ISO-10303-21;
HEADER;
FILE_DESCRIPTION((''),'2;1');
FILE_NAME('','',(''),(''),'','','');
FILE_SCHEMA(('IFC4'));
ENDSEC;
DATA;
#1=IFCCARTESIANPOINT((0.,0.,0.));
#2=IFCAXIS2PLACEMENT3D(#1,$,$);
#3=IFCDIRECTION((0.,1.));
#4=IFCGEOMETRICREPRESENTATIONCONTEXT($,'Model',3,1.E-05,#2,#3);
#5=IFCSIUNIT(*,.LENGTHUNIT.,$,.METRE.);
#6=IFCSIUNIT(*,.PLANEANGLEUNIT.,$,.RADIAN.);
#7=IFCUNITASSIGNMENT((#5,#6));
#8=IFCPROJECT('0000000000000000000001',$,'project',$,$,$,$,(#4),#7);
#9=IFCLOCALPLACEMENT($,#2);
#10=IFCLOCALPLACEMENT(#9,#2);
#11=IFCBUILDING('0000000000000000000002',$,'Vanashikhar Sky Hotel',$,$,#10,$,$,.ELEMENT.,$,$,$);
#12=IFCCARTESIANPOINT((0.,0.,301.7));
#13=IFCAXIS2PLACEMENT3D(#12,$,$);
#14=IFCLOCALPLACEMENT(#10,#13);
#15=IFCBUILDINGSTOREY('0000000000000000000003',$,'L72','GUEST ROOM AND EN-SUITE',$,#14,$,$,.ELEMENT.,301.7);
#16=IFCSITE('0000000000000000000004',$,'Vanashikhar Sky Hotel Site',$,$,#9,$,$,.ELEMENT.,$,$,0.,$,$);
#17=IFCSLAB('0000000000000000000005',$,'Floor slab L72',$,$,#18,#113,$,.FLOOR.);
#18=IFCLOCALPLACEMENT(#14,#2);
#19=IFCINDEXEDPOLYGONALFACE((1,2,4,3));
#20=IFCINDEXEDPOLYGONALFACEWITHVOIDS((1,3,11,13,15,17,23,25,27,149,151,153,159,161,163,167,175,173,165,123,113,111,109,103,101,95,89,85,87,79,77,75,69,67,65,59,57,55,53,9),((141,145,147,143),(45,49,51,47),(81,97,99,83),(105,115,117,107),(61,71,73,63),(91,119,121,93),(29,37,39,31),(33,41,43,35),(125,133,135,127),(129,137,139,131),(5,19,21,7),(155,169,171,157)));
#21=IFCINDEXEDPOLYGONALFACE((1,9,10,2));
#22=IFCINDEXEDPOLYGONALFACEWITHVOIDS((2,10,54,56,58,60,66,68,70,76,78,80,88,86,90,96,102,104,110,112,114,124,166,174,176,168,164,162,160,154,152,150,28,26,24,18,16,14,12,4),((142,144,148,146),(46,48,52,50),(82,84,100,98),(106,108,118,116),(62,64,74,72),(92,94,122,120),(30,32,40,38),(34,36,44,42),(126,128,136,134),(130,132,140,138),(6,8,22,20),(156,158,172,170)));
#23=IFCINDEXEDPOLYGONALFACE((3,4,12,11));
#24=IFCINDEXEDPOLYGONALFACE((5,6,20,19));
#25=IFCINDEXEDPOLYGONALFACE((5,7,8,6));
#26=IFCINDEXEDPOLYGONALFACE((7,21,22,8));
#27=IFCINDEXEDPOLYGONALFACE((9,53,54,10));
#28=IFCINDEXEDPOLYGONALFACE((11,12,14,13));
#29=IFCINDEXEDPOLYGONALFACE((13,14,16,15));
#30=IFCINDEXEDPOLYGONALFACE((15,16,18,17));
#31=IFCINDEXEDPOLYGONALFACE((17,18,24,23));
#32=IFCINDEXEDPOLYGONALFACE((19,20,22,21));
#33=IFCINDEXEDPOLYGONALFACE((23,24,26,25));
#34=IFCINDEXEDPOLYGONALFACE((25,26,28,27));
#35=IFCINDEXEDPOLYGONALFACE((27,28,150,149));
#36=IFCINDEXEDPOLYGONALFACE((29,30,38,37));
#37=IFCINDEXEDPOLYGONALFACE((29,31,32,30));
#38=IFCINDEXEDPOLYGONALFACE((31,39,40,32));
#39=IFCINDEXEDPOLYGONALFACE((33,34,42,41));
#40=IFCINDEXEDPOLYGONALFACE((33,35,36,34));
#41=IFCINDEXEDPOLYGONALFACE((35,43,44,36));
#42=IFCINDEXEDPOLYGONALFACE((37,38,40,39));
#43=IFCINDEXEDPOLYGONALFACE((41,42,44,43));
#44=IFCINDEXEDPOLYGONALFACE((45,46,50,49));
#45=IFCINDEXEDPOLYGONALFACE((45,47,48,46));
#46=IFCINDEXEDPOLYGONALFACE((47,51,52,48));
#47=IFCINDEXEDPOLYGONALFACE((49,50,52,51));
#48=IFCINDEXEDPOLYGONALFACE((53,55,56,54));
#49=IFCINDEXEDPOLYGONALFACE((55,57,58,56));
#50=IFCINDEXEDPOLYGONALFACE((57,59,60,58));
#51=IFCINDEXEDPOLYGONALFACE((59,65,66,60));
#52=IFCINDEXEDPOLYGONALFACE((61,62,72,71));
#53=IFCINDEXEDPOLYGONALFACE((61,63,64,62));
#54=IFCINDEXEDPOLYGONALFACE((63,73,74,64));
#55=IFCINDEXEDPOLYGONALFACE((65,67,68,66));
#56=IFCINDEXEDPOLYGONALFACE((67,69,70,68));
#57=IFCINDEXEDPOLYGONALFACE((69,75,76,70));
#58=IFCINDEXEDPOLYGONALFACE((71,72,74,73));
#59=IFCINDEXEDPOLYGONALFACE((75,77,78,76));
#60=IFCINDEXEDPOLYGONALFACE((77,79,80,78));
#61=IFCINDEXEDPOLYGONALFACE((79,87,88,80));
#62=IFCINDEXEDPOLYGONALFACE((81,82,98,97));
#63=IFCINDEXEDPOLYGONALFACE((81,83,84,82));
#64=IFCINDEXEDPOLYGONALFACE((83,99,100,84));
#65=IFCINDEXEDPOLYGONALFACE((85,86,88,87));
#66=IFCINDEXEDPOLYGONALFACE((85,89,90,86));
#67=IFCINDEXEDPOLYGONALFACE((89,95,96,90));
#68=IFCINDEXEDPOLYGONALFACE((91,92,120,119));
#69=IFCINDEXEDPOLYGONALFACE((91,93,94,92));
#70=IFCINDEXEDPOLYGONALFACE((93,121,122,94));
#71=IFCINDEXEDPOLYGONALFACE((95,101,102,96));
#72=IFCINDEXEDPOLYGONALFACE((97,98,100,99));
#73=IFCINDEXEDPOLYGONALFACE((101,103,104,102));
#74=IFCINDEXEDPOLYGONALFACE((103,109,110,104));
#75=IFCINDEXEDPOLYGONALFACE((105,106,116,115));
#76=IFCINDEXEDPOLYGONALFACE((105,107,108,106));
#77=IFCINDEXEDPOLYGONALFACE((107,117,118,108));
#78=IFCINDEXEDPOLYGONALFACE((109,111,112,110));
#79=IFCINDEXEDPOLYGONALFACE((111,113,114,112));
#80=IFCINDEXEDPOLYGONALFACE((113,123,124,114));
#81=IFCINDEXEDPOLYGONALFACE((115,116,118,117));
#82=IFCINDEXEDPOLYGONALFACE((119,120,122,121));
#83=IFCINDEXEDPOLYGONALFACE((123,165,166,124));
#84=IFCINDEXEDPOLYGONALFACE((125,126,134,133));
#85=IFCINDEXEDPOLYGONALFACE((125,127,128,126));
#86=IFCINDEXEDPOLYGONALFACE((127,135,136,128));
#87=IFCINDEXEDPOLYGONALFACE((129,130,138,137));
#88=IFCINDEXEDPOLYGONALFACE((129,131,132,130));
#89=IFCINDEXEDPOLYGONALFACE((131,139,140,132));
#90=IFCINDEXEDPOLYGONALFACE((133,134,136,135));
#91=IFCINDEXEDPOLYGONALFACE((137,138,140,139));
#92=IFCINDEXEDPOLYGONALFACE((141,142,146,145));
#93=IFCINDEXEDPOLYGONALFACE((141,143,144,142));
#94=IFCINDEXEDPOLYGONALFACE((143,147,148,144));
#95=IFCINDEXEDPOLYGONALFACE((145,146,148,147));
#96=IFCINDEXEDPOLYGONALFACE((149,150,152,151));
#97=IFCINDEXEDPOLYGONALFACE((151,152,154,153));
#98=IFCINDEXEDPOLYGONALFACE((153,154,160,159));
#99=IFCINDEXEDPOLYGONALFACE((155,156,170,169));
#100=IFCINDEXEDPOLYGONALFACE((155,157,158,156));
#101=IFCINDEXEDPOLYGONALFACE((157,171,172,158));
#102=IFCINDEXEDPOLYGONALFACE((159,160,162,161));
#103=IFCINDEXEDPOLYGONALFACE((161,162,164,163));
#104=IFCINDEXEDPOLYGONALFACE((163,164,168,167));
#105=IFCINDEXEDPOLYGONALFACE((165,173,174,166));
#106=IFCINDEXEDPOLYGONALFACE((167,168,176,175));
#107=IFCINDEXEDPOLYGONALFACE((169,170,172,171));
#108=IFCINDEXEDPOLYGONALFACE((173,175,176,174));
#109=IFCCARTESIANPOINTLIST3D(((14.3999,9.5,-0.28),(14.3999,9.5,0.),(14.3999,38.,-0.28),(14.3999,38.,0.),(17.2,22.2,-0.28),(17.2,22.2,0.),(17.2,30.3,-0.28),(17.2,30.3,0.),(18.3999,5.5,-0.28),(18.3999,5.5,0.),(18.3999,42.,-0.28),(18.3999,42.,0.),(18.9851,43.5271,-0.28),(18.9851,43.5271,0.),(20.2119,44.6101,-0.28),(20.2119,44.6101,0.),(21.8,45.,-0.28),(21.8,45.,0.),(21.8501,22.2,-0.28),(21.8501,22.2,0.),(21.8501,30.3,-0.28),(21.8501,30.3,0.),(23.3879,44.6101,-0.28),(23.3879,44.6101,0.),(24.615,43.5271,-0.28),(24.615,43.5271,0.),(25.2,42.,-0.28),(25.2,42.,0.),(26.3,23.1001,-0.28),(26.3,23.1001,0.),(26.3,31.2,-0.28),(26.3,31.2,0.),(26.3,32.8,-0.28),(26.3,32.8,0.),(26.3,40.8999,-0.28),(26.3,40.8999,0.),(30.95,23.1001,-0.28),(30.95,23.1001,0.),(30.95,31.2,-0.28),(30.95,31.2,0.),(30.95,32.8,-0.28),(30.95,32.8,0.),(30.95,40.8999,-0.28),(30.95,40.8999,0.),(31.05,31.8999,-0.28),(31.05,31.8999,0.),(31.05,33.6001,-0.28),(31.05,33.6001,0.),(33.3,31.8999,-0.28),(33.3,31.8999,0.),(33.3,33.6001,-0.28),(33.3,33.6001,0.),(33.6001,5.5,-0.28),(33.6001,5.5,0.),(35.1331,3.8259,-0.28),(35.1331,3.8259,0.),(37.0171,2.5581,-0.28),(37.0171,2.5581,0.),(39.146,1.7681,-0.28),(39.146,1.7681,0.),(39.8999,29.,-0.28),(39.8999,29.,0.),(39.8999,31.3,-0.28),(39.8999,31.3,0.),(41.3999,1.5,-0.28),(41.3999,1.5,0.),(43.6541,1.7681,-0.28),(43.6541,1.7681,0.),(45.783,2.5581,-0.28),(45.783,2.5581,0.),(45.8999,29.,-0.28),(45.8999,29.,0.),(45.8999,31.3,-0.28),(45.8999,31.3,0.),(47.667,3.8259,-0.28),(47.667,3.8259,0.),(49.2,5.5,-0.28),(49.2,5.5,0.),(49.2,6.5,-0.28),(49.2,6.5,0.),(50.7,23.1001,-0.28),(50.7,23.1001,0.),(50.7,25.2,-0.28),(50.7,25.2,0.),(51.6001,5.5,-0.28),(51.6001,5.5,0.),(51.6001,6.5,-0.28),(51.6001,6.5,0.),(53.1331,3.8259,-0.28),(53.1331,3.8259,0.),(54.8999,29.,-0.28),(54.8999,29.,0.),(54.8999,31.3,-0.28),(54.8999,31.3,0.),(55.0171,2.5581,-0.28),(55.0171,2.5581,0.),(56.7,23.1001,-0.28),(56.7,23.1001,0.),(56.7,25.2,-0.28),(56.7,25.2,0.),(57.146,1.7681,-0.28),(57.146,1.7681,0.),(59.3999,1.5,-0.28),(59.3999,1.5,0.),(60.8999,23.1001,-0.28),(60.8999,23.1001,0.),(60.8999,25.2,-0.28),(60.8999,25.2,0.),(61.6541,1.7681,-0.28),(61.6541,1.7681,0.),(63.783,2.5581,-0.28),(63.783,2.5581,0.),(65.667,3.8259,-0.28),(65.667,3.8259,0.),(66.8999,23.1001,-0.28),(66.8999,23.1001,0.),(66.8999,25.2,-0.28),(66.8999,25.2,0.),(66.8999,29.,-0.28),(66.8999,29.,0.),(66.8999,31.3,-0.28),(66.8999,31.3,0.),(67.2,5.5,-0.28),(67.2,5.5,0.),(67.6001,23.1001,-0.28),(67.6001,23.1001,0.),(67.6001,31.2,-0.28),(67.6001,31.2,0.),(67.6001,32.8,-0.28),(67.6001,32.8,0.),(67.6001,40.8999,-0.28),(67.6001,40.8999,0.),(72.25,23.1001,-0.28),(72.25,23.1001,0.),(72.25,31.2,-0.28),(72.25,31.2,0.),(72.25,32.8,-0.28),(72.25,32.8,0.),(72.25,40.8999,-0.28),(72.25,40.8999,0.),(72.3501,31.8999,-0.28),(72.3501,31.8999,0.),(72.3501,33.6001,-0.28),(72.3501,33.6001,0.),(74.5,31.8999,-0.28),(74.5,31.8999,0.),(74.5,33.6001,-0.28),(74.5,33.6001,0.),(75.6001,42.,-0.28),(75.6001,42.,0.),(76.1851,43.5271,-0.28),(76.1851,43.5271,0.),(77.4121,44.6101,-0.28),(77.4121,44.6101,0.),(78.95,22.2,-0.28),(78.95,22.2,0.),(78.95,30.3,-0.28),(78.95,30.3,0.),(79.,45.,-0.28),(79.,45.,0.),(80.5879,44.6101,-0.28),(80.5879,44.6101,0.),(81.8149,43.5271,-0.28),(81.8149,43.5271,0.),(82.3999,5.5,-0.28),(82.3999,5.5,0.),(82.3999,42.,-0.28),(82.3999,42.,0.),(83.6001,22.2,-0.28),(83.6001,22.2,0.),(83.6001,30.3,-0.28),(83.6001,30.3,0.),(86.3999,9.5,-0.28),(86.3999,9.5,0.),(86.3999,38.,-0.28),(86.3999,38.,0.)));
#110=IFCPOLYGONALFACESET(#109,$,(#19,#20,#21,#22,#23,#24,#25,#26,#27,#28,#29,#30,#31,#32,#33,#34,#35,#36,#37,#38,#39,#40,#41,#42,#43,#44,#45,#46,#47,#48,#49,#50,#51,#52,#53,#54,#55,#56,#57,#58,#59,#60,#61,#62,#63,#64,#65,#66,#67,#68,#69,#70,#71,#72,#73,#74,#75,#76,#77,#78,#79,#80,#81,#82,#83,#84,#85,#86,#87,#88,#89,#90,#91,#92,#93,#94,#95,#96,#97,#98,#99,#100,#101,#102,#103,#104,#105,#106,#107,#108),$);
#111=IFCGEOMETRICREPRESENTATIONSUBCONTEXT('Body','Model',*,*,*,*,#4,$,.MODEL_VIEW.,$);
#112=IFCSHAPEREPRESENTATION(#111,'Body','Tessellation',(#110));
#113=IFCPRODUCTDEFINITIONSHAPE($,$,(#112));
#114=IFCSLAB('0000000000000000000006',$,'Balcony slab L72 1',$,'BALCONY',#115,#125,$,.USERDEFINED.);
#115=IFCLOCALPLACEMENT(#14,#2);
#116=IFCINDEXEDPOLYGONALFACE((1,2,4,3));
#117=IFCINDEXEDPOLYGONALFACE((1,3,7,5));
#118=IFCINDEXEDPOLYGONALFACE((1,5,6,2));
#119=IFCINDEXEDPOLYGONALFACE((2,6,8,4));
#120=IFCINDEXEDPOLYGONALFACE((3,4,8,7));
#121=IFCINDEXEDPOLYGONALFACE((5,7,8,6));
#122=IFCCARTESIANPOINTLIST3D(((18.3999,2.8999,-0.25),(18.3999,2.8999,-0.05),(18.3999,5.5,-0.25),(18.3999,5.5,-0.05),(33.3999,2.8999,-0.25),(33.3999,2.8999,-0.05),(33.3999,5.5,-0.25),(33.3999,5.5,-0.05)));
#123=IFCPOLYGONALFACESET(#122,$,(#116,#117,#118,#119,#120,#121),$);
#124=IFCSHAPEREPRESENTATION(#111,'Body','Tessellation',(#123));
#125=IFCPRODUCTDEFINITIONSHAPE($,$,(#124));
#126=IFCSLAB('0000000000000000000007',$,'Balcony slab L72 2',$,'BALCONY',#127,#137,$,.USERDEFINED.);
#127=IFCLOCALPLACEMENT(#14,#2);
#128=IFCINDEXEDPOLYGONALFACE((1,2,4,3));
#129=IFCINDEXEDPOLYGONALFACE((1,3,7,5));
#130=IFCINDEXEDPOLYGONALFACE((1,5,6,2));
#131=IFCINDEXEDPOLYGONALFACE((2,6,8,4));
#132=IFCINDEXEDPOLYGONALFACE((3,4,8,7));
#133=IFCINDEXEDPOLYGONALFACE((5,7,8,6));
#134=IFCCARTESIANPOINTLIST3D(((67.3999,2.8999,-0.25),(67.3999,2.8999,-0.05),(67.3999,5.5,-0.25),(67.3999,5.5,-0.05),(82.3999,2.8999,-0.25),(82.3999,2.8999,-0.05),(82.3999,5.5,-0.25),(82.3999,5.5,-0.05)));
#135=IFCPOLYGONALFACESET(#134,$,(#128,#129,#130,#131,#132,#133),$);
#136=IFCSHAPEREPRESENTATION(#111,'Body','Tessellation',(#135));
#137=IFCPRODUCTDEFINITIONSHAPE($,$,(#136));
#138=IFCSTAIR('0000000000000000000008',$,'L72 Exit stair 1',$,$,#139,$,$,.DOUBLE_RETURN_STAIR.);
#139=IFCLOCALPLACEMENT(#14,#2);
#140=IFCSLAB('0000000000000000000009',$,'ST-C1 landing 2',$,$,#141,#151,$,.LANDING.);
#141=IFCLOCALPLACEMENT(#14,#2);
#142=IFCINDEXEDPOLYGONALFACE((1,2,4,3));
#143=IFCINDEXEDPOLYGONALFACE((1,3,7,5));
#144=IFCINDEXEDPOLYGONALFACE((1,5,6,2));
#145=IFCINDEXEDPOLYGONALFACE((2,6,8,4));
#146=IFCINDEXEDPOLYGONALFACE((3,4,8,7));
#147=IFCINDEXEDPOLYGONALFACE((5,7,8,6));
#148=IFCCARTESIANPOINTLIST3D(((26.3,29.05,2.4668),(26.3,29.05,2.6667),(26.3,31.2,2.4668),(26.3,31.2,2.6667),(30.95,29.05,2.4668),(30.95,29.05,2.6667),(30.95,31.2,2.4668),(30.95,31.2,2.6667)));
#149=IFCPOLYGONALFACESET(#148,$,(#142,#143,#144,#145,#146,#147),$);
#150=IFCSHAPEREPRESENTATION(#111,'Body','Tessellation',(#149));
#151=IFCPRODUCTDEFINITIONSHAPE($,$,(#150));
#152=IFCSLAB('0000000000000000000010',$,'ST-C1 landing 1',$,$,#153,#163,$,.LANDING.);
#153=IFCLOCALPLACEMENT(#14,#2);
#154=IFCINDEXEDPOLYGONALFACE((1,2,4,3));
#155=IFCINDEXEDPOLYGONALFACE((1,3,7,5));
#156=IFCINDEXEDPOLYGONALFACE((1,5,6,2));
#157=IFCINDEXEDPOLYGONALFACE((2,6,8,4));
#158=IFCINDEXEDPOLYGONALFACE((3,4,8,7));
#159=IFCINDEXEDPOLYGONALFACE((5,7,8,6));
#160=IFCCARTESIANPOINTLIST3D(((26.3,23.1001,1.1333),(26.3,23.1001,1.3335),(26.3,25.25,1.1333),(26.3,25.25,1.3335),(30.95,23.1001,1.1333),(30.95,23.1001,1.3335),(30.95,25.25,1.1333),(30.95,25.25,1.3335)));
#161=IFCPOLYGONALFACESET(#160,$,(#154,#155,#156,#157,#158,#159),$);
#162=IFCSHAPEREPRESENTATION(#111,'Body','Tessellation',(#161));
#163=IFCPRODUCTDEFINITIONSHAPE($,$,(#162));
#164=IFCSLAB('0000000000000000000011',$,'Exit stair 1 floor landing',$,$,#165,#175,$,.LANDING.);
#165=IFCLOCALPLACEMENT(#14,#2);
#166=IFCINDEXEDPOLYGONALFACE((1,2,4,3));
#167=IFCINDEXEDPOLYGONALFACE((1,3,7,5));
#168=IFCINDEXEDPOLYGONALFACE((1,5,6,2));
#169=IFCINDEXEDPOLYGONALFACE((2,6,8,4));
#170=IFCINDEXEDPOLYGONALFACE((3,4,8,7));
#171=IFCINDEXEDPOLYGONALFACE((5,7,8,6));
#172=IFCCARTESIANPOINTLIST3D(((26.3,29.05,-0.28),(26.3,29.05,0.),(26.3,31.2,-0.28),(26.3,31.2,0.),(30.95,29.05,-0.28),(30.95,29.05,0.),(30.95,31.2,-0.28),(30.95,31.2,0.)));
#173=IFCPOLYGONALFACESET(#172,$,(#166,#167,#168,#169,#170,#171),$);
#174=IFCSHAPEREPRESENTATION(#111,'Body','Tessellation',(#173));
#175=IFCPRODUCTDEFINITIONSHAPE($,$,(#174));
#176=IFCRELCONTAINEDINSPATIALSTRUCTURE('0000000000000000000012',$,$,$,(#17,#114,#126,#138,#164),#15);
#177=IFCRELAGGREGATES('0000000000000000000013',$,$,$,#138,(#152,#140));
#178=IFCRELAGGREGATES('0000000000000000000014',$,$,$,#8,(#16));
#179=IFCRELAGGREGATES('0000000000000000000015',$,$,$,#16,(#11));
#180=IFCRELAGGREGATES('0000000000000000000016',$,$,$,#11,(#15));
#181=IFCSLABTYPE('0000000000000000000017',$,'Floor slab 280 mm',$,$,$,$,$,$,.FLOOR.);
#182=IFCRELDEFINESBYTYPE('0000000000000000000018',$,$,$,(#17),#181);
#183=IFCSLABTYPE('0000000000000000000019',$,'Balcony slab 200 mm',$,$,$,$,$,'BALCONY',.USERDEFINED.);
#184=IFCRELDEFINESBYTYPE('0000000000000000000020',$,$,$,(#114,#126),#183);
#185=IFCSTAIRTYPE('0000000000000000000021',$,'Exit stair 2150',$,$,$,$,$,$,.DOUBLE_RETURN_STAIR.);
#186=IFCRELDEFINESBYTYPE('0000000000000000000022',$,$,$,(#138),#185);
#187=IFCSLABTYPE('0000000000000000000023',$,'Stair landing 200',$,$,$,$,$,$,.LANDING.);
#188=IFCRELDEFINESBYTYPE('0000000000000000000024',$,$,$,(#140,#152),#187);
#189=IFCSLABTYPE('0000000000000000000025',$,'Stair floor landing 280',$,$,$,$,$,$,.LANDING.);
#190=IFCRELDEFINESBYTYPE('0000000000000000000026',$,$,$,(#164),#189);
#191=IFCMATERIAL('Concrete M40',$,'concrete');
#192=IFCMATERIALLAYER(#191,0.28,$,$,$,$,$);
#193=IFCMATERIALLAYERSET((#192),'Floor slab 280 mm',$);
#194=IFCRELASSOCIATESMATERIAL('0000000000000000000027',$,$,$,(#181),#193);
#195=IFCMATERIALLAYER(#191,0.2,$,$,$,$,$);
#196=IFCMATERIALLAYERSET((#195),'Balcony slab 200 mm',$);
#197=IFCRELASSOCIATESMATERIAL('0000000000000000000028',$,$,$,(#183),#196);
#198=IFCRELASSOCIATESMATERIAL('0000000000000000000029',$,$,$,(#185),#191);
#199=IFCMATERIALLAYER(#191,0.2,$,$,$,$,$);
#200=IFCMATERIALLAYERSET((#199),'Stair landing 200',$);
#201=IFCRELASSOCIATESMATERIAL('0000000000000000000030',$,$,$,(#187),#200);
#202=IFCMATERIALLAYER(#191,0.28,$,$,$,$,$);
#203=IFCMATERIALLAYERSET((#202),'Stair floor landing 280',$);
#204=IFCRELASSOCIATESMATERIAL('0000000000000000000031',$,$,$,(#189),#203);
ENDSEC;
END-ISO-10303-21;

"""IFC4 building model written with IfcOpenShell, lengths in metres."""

from ifc_helpers import new_model, si_unit, direction, frame, origin, place, context, subcontext, project, spatial, polyline, outline, extrude, source, transform, mapped, material, layer, layer_set, type_object, element, aggregate, save


model = new_model("IFC4")

# Units and contexts
model_context = context("Model", 3, precision=1e-05, world=origin(), true_north=direction((0.0, 1.0)))
body_context = subcontext(model_context, "Body", "Model", "MODEL_VIEW")
ifc_project = project(units=[si_unit("LENGTHUNIT", "METRE"), si_unit("PLANEANGLEUNIT", "RADIAN")], contexts=[model_context])

# Site, building, storey
site_placement = place(None, origin())
site = spatial("IfcSite", under=ifc_project, at=site_placement, Name="Vanashikhar Sky Hotel Site", CompositionType="ELEMENT", RefElevation=0.0)
building_placement = place(site_placement, origin())
building = spatial("IfcBuilding", under=site, at=building_placement, Name="Vanashikhar Sky Hotel", CompositionType="ELEMENT")
storey_placement = place(building_placement, frame((0.0, 0.0, 301.7)))
storey = spatial("IfcBuildingStorey", under=building, at=storey_placement, Name="L72", Description="GUEST ROOM AND EN-SUITE", CompositionType="ELEMENT", Elevation=301.7)

# Slabs
ifc_material = material(Name="Concrete M40", Category="concrete")
ifc_layer_1 = layer(ifc_material, 0.28)
ifc_layer_set_1 = layer_set([ifc_layer_1], Name="Floor slab 280 mm")
slab_type_1 = type_object("IfcSlabType", Name="Floor slab 280 mm", PredefinedType="FLOOR", material=ifc_layer_set_1)
shared_shape_1 = source(origin(), body_context, "Body", "SweptSolid", [
    extrude(outline(polyline([(49.2, 5.5), (49.2, 6.5), (51.6001, 6.5), (51.6001, 5.5), (53.1331, 3.8259), (55.0171, 2.5581), (57.146, 1.7681), (59.3999, 1.5), (61.6541, 1.7681), (63.783, 2.5581), (65.667, 3.8259), (67.2, 5.5), (82.3999, 5.5), (86.3999, 9.5), (86.3999, 38.0), (82.3999, 42.0), (81.8149, 43.5271), (80.5879, 44.6101), (79.0, 45.0), (77.4121, 44.6101), (76.1851, 43.5271), (75.6001, 42.0), (25.2, 42.0), (24.615, 43.5271), (23.3879, 44.6101), (21.8, 45.0), (20.2119, 44.6101), (18.9851, 43.5271), (18.3999, 42.0), (14.3999, 38.0), (14.3999, 9.5), (18.3999, 5.5), (33.6001, 5.5), (35.1331, 3.8259), (37.0171, 2.5581), (39.146, 1.7681), (41.3999, 1.5), (43.6541, 1.7681), (45.783, 2.5581), (47.667, 3.8259), (49.2, 5.5)]), holes=[polyline([(33.3, 33.6001), (31.05, 33.6001), (31.05, 31.8999), (33.3, 31.8999), (33.3, 33.6001)]), polyline([(39.8999, 31.3), (39.8999, 29.0), (45.8999, 29.0), (45.8999, 31.3), (39.8999, 31.3)]), polyline([(50.7, 25.2), (50.7, 23.1001), (56.7, 23.1001), (56.7, 25.2), (50.7, 25.2)]), polyline([(66.8999, 29.0), (66.8999, 31.3), (54.8999, 31.3), (54.8999, 29.0), (66.8999, 29.0)]), polyline([(60.8999, 25.2), (60.8999, 23.1001), (66.8999, 23.1001), (66.8999, 25.2), (60.8999, 25.2)]), polyline([(74.5, 33.6001), (72.3501, 33.6001), (72.3501, 31.8999), (74.5, 31.8999), (74.5, 33.6001)]), polyline([(30.95, 23.1001), (30.95, 31.2), (26.3, 31.2), (26.3, 23.1001), (30.95, 23.1001)]), polyline([(72.25, 23.1001), (72.25, 31.2), (67.6001, 31.2), (67.6001, 23.1001), (72.25, 23.1001)]), polyline([(30.95, 32.8), (30.95, 40.8999), (26.3, 40.8999), (26.3, 32.8), (30.95, 32.8)]), polyline([(72.25, 32.8), (72.25, 40.8999), (67.6001, 40.8999), (67.6001, 32.8), (72.25, 32.8)]), polyline([(83.6001, 22.2), (83.6001, 30.3), (78.95, 30.3), (78.95, 22.2), (83.6001, 22.2)]), polyline([(21.8501, 22.2), (21.8501, 30.3), (17.2, 30.3), (17.2, 22.2), (21.8501, 22.2)])]), origin(), (0.0, 0.0, 1.0), 0.28),
])
slab_1_placement = place(storey_placement, frame((0.0, 0.0, -0.28)))
element("IfcSlab", 1, at=slab_1_placement, inside=storey, type_object=slab_type_1, Name="Floor slab L72", PredefinedType="FLOOR", context=body_context, shape_type="MappedRepresentation", body=[
    mapped(shared_shape_1, transform((0.0, 0.0, 0.0), scale=1.0)),
])
ifc_layer_2 = layer(ifc_material, 0.2)
ifc_layer_set_2 = layer_set([ifc_layer_2], Name="Balcony slab 200 mm")
slab_type_2 = type_object("IfcSlabType", Name="Balcony slab 200 mm", ElementType="BALCONY", PredefinedType="USERDEFINED", material=ifc_layer_set_2)
shared_shape_2 = source(origin(), body_context, "Body", "SweptSolid", [
    extrude(outline(polyline([(18.3999, 2.8999), (33.3999, 2.8999), (33.3999, 5.5), (18.3999, 5.5), (18.3999, 2.8999)])), origin(), (0.0, 0.0, 1.0), 0.2),
])
slab_2_placement = place(storey_placement, frame((0.0, 0.0, -0.25)))
element("IfcSlab", 2, at=slab_2_placement, inside=storey, type_object=slab_type_2, Name="Balcony slab L72 1", ObjectType="BALCONY", PredefinedType="USERDEFINED", context=body_context, shape_type="MappedRepresentation", body=[
    mapped(shared_shape_2, transform((0.0, 0.0, 0.0), scale=1.0)),
])
shared_shape_3 = source(origin(), body_context, "Body", "SweptSolid", [
    extrude(outline(polyline([(67.3999, 2.8999), (82.3999, 2.8999), (82.3999, 5.5), (67.3999, 5.5), (67.3999, 2.8999)])), origin(), (0.0, 0.0, 1.0), 0.2),
])
slab_3_placement = place(storey_placement, frame((0.0, 0.0, -0.25)))
element("IfcSlab", 3, at=slab_3_placement, inside=storey, type_object=slab_type_2, Name="Balcony slab L72 2", ObjectType="BALCONY", PredefinedType="USERDEFINED", context=body_context, shape_type="MappedRepresentation", body=[
    mapped(shared_shape_3, transform((0.0, 0.0, 0.0), scale=1.0)),
])

# Stair, slabs
stair_type = type_object("IfcStairType", Name="Exit stair 2150", PredefinedType="DOUBLE_RETURN_STAIR", material=ifc_material)
stair_1_placement = place(storey_placement, origin())
stair_1 = element("IfcStair", 4, at=stair_1_placement, inside=storey, type_object=stair_type, Name="L72 Exit stair 1", PredefinedType="DOUBLE_RETURN_STAIR")
ifc_layer_3 = layer(ifc_material, 0.2)
ifc_layer_set_3 = layer_set([ifc_layer_3], Name="Stair landing 200")
slab_type_3 = type_object("IfcSlabType", Name="Stair landing 200", PredefinedType="LANDING", material=ifc_layer_set_3)
shared_shape_4 = source(origin(), body_context, "Body", "SweptSolid", [
    extrude(outline(polyline([(30.95, 29.05), (30.95, 31.2), (26.3, 31.2), (26.3, 29.05), (30.95, 29.05)])), origin(), (0.0, 0.0, 1.0), 0.2),
])
slab_4_placement = place(storey_placement, frame((0.0, 0.0, 2.4668)))
slab_4 = element("IfcSlab", 5, at=slab_4_placement, type_object=slab_type_3, Name="ST-C1 landing 2", PredefinedType="LANDING", context=body_context, shape_type="MappedRepresentation", body=[
    mapped(shared_shape_4, transform((0.0, 0.0, 0.0), scale=1.0)),
])
shared_shape_5 = source(origin(), body_context, "Body", "SweptSolid", [
    extrude(outline(polyline([(30.95, 23.1001), (30.95, 25.25), (26.3, 25.25), (26.3, 23.1001), (30.95, 23.1001)])), origin(), (0.0, 0.0, 1.0), 0.2002),
])
slab_5_placement = place(storey_placement, frame((0.0, 0.0, 1.1333)))
slab_5 = element("IfcSlab", 6, at=slab_5_placement, type_object=slab_type_3, Name="ST-C1 landing 1", PredefinedType="LANDING", context=body_context, shape_type="MappedRepresentation", body=[
    mapped(shared_shape_5, transform((0.0, 0.0, 0.0), scale=1.0)),
])
aggregate(stair_1, [slab_5, slab_4])

# Slab
ifc_layer_4 = layer(ifc_material, 0.28)
ifc_layer_set_4 = layer_set([ifc_layer_4], Name="Stair floor landing 280")
slab_type_4 = type_object("IfcSlabType", Name="Stair floor landing 280", PredefinedType="LANDING", material=ifc_layer_set_4)
shared_shape_6 = source(origin(), body_context, "Body", "SweptSolid", [
    extrude(outline(polyline([(30.95, 29.05), (30.95, 31.2), (26.3, 31.2), (26.3, 29.05), (30.95, 29.05)])), origin(), (0.0, 0.0, 1.0), 0.28),
])
slab_6_placement = place(storey_placement, frame((0.0, 0.0, -0.28)))
element("IfcSlab", 7, at=slab_6_placement, inside=storey, type_object=slab_type_4, Name="Exit stair 1 floor landing", PredefinedType="LANDING", context=body_context, shape_type="MappedRepresentation", body=[
    mapped(shared_shape_6, transform((0.0, 0.0, 0.0), scale=1.0)),
])

save(model, "model.ifc")
